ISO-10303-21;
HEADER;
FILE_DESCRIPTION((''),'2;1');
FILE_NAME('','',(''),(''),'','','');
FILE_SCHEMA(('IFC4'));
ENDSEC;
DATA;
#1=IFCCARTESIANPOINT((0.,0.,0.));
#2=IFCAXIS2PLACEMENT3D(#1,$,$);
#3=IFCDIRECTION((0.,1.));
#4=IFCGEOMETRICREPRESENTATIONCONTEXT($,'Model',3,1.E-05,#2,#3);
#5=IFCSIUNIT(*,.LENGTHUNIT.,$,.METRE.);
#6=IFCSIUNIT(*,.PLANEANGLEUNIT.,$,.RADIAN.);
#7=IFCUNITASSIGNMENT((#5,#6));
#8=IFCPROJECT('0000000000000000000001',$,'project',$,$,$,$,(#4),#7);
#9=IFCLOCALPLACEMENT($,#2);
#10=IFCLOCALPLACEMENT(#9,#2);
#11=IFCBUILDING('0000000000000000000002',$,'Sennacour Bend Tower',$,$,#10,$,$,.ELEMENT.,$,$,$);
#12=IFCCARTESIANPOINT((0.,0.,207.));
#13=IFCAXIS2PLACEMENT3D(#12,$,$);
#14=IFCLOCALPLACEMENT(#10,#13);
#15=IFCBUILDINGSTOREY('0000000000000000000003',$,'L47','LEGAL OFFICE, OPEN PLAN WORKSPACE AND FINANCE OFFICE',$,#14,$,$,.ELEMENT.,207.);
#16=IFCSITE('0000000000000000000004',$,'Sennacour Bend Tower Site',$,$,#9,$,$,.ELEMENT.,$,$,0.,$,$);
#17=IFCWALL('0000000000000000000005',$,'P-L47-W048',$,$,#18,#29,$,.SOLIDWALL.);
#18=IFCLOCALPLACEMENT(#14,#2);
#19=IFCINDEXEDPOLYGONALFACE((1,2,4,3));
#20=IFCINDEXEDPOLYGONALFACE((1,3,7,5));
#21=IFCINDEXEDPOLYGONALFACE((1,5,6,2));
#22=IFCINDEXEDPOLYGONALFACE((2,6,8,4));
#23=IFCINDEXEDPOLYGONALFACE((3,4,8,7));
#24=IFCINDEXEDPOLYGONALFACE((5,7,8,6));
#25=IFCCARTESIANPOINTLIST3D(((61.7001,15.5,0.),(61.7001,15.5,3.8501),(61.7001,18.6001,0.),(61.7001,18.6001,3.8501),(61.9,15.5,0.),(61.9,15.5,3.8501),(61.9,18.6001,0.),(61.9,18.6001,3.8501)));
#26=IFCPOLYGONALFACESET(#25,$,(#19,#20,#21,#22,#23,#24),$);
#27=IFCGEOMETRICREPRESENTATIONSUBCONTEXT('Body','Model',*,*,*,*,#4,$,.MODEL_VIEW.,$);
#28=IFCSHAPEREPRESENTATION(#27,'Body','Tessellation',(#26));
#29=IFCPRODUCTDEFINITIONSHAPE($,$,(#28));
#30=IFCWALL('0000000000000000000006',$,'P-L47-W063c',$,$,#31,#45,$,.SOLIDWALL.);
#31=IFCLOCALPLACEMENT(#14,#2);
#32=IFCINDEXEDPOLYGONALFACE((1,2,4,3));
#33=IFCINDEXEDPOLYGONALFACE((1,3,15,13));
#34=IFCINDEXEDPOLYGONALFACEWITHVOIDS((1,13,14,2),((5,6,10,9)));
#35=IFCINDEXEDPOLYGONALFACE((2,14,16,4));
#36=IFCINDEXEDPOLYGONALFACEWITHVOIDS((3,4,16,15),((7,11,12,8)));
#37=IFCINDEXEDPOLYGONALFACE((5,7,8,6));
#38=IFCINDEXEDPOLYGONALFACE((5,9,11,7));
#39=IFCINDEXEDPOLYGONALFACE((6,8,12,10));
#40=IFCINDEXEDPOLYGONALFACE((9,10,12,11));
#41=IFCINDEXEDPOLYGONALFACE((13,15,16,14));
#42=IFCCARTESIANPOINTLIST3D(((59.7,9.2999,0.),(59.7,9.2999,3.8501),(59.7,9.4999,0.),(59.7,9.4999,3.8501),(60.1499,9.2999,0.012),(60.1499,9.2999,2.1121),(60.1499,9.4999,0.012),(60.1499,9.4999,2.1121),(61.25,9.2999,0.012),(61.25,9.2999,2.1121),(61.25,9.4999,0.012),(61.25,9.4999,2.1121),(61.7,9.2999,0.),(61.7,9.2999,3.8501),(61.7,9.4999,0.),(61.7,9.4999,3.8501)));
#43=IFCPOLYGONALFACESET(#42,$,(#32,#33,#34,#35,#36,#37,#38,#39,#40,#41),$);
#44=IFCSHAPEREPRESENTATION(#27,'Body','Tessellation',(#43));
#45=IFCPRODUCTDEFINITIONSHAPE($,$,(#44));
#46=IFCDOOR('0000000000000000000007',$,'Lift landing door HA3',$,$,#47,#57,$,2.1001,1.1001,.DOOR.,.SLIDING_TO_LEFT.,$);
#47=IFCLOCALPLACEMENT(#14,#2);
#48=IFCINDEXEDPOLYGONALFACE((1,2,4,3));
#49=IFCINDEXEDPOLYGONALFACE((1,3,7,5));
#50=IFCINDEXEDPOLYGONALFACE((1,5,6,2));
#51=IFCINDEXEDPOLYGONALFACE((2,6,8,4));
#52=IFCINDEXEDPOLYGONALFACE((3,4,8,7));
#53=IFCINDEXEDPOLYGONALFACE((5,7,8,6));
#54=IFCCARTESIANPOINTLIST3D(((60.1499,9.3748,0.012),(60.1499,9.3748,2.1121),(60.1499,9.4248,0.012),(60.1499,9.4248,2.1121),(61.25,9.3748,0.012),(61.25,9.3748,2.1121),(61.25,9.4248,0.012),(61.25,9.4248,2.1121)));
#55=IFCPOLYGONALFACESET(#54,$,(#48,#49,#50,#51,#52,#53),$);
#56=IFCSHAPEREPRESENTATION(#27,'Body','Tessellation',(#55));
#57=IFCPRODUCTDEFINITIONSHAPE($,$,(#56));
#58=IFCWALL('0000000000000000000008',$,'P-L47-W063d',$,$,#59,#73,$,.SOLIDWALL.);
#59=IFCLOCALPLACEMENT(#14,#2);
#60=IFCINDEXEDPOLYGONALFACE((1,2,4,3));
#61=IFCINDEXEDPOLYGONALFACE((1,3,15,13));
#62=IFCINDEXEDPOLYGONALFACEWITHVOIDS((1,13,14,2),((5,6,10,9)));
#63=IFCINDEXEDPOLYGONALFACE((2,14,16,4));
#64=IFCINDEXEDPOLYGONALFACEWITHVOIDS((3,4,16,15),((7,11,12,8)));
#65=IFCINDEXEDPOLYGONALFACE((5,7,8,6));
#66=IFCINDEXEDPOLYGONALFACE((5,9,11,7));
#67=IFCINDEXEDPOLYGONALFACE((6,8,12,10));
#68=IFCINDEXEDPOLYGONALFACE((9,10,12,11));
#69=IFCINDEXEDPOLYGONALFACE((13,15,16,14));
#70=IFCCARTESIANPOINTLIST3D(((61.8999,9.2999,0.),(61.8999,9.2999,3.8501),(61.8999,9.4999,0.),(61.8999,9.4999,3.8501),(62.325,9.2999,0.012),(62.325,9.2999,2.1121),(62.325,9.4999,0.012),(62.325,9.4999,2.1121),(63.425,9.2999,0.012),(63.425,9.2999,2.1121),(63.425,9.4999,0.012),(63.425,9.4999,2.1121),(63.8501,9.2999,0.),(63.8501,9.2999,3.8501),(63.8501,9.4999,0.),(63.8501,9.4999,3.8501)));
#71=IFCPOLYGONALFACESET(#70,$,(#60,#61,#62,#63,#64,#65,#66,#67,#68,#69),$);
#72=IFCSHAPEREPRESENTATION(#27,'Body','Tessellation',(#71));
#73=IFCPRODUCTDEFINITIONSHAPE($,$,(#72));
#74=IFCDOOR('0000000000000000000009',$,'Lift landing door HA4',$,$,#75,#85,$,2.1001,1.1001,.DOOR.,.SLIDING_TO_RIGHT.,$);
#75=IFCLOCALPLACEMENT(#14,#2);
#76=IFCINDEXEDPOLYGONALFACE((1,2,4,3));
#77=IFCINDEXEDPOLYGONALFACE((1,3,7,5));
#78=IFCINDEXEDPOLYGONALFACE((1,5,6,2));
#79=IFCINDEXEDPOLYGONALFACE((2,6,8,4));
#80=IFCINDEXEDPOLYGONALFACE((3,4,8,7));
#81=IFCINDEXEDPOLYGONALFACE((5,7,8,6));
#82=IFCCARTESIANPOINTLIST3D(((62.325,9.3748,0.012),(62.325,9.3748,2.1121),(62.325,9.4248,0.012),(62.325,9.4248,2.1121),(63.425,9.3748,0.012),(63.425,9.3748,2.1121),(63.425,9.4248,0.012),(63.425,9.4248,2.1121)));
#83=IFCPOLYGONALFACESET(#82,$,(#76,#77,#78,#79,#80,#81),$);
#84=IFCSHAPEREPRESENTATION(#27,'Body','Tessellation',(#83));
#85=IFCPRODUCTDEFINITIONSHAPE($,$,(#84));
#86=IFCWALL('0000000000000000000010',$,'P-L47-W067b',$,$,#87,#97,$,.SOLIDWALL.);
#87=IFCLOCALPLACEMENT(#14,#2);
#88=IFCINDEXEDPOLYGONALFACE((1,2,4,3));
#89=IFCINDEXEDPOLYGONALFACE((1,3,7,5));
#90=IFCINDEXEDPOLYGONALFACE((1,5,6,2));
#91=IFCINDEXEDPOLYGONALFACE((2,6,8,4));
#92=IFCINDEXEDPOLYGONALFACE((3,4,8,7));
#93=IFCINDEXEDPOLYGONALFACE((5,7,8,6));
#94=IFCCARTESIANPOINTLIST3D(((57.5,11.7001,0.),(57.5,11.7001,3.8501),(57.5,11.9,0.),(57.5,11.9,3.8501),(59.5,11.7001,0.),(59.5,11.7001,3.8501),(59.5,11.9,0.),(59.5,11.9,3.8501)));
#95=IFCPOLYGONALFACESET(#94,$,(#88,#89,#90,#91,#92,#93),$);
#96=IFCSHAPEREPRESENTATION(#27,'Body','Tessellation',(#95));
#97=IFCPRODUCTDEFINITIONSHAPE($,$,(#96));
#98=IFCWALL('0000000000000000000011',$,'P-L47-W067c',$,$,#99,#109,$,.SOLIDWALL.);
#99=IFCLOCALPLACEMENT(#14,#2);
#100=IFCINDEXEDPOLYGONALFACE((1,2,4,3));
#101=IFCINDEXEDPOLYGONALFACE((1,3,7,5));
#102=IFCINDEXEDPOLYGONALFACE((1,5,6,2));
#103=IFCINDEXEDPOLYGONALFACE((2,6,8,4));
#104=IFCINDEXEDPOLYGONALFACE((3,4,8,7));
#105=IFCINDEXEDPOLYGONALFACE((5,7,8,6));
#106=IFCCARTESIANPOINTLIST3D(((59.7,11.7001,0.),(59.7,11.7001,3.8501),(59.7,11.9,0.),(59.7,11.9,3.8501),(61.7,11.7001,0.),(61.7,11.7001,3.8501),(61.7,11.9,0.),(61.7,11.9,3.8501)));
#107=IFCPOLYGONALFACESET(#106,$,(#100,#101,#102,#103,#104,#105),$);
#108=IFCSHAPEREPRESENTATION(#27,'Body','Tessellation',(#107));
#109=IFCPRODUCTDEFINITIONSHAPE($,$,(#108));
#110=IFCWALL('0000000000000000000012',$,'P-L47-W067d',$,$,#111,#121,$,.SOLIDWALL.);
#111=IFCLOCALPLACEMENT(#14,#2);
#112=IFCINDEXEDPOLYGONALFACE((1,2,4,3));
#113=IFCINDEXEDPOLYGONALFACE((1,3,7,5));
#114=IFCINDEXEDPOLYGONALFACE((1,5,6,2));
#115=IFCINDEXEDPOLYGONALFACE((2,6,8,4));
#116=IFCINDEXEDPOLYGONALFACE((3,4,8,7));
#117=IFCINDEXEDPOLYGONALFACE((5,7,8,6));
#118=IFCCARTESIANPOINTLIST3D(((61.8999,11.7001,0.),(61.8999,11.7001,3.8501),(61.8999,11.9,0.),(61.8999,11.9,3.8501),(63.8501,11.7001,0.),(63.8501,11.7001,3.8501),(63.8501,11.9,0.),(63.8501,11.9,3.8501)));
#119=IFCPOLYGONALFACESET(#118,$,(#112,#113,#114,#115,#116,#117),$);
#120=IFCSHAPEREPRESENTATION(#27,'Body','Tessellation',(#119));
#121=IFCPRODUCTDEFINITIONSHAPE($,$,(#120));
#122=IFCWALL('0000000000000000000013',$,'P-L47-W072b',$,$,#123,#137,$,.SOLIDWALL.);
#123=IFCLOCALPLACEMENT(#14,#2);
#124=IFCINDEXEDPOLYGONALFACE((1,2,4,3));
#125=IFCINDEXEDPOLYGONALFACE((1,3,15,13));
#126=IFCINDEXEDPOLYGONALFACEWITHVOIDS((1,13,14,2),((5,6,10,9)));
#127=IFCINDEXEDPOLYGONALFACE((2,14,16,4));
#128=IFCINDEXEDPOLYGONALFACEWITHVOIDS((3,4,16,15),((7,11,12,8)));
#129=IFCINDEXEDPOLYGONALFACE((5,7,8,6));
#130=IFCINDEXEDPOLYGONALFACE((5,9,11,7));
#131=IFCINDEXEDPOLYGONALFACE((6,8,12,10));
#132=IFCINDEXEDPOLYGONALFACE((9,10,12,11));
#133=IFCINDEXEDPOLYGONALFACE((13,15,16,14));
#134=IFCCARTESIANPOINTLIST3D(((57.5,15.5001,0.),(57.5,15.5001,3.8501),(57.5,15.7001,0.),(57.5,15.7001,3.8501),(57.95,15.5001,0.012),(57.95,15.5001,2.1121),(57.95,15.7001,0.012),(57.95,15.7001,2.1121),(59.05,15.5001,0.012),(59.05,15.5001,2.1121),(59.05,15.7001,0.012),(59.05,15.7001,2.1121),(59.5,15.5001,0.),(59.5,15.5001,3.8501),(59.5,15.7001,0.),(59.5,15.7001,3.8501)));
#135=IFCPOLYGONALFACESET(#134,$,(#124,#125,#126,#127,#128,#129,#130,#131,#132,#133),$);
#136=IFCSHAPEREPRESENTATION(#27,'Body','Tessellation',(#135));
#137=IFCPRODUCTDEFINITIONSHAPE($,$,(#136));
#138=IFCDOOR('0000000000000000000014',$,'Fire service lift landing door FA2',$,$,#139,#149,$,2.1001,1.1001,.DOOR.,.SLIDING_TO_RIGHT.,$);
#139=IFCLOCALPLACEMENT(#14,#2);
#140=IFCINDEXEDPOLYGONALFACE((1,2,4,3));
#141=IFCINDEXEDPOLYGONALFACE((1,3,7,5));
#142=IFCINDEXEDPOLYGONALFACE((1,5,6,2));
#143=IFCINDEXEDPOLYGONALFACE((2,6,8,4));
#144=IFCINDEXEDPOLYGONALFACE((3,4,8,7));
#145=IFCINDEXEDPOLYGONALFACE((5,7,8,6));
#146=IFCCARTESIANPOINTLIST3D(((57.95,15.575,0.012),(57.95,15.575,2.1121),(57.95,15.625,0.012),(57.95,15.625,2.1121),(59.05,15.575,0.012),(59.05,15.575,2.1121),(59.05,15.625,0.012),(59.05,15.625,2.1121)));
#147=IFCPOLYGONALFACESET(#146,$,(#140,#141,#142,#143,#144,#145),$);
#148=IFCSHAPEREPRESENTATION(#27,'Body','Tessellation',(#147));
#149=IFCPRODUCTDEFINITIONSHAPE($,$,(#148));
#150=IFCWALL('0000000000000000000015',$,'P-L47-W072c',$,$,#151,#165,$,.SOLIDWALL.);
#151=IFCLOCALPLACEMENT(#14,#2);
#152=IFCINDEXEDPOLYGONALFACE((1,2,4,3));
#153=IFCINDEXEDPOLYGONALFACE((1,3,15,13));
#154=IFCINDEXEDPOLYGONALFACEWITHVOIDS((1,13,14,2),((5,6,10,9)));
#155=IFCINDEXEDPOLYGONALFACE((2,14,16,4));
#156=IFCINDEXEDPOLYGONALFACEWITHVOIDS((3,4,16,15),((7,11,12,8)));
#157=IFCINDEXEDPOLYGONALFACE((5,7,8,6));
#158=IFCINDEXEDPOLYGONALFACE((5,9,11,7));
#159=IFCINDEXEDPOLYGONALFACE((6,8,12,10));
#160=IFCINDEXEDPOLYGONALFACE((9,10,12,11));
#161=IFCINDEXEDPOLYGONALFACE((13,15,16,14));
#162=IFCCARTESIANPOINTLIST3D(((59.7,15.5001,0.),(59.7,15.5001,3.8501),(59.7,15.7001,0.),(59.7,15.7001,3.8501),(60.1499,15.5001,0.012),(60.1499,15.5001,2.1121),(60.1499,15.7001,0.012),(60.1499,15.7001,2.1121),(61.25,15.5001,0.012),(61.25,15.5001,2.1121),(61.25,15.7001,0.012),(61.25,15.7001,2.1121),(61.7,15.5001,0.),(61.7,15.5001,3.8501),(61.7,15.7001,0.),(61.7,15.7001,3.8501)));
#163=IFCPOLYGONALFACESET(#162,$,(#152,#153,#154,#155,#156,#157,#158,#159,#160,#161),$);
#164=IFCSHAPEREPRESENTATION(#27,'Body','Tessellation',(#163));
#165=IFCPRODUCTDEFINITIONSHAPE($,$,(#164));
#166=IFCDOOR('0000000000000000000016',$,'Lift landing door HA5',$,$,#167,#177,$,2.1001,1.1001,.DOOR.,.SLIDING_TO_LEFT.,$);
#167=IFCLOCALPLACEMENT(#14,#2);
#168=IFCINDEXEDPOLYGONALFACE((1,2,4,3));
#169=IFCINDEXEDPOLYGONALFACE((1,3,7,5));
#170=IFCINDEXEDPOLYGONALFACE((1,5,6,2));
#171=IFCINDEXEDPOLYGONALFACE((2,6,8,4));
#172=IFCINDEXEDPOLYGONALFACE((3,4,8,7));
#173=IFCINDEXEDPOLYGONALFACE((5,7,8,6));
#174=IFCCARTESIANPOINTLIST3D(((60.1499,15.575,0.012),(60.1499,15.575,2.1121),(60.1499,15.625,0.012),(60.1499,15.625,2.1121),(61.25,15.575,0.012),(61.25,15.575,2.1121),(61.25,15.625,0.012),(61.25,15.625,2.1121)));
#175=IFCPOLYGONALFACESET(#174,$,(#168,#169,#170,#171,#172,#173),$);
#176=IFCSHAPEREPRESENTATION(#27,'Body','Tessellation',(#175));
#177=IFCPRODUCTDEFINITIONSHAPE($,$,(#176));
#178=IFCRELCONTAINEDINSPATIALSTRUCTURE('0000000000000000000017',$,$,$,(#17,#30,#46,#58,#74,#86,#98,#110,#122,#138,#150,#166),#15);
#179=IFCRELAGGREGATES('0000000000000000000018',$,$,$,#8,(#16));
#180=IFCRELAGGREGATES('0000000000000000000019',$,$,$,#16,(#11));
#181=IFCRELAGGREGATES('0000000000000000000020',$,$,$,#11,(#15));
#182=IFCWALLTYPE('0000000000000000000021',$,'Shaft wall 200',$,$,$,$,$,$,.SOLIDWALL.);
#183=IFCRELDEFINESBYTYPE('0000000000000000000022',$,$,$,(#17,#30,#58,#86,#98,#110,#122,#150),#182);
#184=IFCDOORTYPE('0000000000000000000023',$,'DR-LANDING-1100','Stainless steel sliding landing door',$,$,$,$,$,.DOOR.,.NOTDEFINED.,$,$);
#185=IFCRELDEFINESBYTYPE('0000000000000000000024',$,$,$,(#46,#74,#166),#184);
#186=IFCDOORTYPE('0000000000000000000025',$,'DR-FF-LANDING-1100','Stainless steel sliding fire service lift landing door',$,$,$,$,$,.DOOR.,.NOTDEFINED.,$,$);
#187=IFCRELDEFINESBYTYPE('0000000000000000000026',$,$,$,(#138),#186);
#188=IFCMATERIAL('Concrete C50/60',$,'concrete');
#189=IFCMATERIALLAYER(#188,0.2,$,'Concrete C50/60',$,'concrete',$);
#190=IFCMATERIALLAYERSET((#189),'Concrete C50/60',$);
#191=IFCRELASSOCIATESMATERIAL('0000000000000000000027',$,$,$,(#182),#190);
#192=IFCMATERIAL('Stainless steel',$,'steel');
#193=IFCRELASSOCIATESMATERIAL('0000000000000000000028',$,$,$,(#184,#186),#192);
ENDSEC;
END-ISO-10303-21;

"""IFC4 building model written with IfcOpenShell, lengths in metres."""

from ifc_helpers import new_model, si_unit, direction, frame, frame_2d, origin, place, context, subcontext, project, spatial, rectangle, extrude, material, layer, layer_set, type_object, element, fill, save


model = new_model("IFC4")

# Units and contexts
model_context = context("Model", 3, precision=1e-05, world=origin(), true_north=direction((0.0, 1.0)))
body_context = subcontext(model_context, "Body", "Model", "MODEL_VIEW")
ifc_project = project(units=[si_unit("LENGTHUNIT", "METRE"), si_unit("PLANEANGLEUNIT", "RADIAN")], contexts=[model_context])

# Site, building, storey
site_placement = place(None, origin())
site = spatial("IfcSite", under=ifc_project, at=site_placement, Name="Sennacour Bend Tower Site", CompositionType="ELEMENT", RefElevation=0.0)
building_placement = place(site_placement, origin())
building = spatial("IfcBuilding", under=site, at=building_placement, Name="Sennacour Bend Tower", CompositionType="ELEMENT")
storey_placement = place(building_placement, frame((0.0, 0.0, 207.0)))
storey = spatial("IfcBuildingStorey", under=building, at=storey_placement, Name="L47", Description="LEGAL OFFICE, OPEN PLAN WORKSPACE AND FINANCE OFFICE", CompositionType="ELEMENT", Elevation=207.0)

# Wall
ifc_material_1 = material(Name="Concrete C50/60", Category="concrete")
ifc_layer_1 = layer(ifc_material_1, 0.2, Name="Concrete C50/60", Category="concrete")
ifc_layer_set_1 = layer_set([ifc_layer_1], Name="Concrete C50/60")
wall_type_1 = type_object("IfcWallType", Name="Shaft wall 200", PredefinedType="SOLIDWALL", material=ifc_layer_set_1)
wall_1_placement = place(storey_placement, frame((61.8, 15.5, 0.0), z_axis=(0.0, 0.0, 1.0), x_axis=(0.0, 1.0, 0.0)))
element("IfcWall", 1, at=wall_1_placement, inside=storey, type_object=wall_type_1, Name="P-L47-W048", PredefinedType="SOLIDWALL", context=body_context, shape_type="SweptSolid", body=[
    extrude(rectangle(XDim=3.1001, YDim=0.2, at=frame_2d((1.55, 0.0))), origin(), (0.0, 0.0, 1.0), 3.8501),
])

# Walls, openings, doors
wall_2_placement = place(storey_placement, frame((59.7, 9.3999, 0.0), z_axis=(0.0, 0.0, 1.0), x_axis=(1.0, 0.0, 0.0)))
wall_2 = element("IfcWall", 2, at=wall_2_placement, inside=storey, type_object=wall_type_1, Name="P-L47-W063c", PredefinedType="SOLIDWALL", context=body_context, shape_type="SweptSolid", body=[
    extrude(rectangle(XDim=2.0, YDim=0.2, at=frame_2d((1.0, 0.0))), origin(), (0.0, 0.0, 1.0), 3.8501),
])
opening_1_placement = place(wall_2_placement, frame((0.45, 0.0, 0.012)))
opening_1 = element("IfcOpeningElement", 3, at=opening_1_placement, cuts=wall_2, PredefinedType="OPENING", context=body_context, shape_type="SweptSolid", body=[
    extrude(rectangle(XDim=1.1001, YDim=2.1001, at=frame_2d((0.55, 1.05))), frame((0.0, 0.1099, 0.0), z_axis=(0.0, -1.0, 0.0), x_axis=(1.0, 0.0, 0.0)), (0.0, 0.0, 1.0), 0.22),
])
ifc_material_2 = material(Name="Stainless steel", Category="steel")
door_type_1 = type_object("IfcDoorType", Name="DR-LANDING-1100", Description="Stainless steel sliding landing door", OperationType="NOTDEFINED", PredefinedType="DOOR", material=ifc_material_2)
door_1_placement = place(opening_1_placement, origin())
door_1 = element("IfcDoor", 4, at=door_1_placement, inside=storey, type_object=door_type_1, Name="Lift landing door HA3", OperationType="SLIDING_TO_LEFT", OverallHeight=2.1001, OverallWidth=1.1001, PredefinedType="DOOR", context=body_context, shape_type="SweptSolid", body=[
    extrude(rectangle(XDim=1.1001, YDim=2.1001, at=frame_2d((0.55, 1.05))), frame((0.0, 0.0249, 0.0), z_axis=(0.0, -1.0, 0.0), x_axis=(1.0, 0.0, 0.0)), (0.0, 0.0, 1.0), 0.05),
])
fill(opening_1, door_1)
wall_3_placement = place(storey_placement, frame((61.8999, 9.3999, 0.0), z_axis=(0.0, 0.0, 1.0), x_axis=(1.0, 0.0, 0.0)))
wall_3 = element("IfcWall", 5, at=wall_3_placement, inside=storey, type_object=wall_type_1, Name="P-L47-W063d", PredefinedType="SOLIDWALL", context=body_context, shape_type="SweptSolid", body=[
    extrude(rectangle(XDim=1.9502, YDim=0.2, at=frame_2d((0.9751, 0.0))), origin(), (0.0, 0.0, 1.0), 3.8501),
])
opening_2_placement = place(wall_3_placement, frame((0.425, 0.0, 0.012)))
opening_2 = element("IfcOpeningElement", 6, at=opening_2_placement, cuts=wall_3, PredefinedType="OPENING", context=body_context, shape_type="SweptSolid", body=[
    extrude(rectangle(XDim=1.1001, YDim=2.1001, at=frame_2d((0.55, 1.05))), frame((0.0, 0.1099, 0.0), z_axis=(0.0, -1.0, 0.0), x_axis=(1.0, 0.0, 0.0)), (0.0, 0.0, 1.0), 0.22),
])
door_2_placement = place(opening_2_placement, origin())
door_2 = element("IfcDoor", 7, at=door_2_placement, inside=storey, type_object=door_type_1, Name="Lift landing door HA4", OperationType="SLIDING_TO_RIGHT", OverallHeight=2.1001, OverallWidth=1.1001, PredefinedType="DOOR", context=body_context, shape_type="SweptSolid", body=[
    extrude(rectangle(XDim=1.1001, YDim=2.1001, at=frame_2d((0.55, 1.05))), frame((0.0, 0.0249, 0.0), z_axis=(0.0, -1.0, 0.0), x_axis=(1.0, 0.0, 0.0)), (0.0, 0.0, 1.0), 0.05),
])
fill(opening_2, door_2)

# Walls
for number, where, z_axis, x_axis, name in (
    (8, (57.5, 11.8, 0.0), (0.0, 0.0, 1.0), (1.0, 0.0, 0.0), "P-L47-W067b"),
    (9, (59.7, 11.8, 0.0), (0.0, 0.0, 1.0), (1.0, 0.0, 0.0), "P-L47-W067c"),
):
    element("IfcWall", number, at=place(storey_placement, frame(where, z_axis=z_axis, x_axis=x_axis)), inside=storey, type_object=wall_type_1, Name=name, PredefinedType="SOLIDWALL", context=body_context, shape_type="SweptSolid", body=[
        extrude(rectangle(XDim=2.0, YDim=0.2, at=frame_2d((1.0, 0.0))), origin(), (0.0, 0.0, 1.0), 3.8501),
    ])
wall_4_placement = place(storey_placement, frame((61.8999, 11.8, 0.0), z_axis=(0.0, 0.0, 1.0), x_axis=(1.0, 0.0, 0.0)))
element("IfcWall", 10, at=wall_4_placement, inside=storey, type_object=wall_type_1, Name="P-L47-W067d", PredefinedType="SOLIDWALL", context=body_context, shape_type="SweptSolid", body=[
    extrude(rectangle(XDim=1.9502, YDim=0.2, at=frame_2d((0.9751, 0.0))), origin(), (0.0, 0.0, 1.0), 3.8501),
])

# Walls, openings, doors
wall_5_placement = place(storey_placement, frame((57.5, 15.6001, 0.0), z_axis=(0.0, 0.0, 1.0), x_axis=(1.0, 0.0, 0.0)))
wall_5 = element("IfcWall", 11, at=wall_5_placement, inside=storey, type_object=wall_type_1, Name="P-L47-W072b", PredefinedType="SOLIDWALL", context=body_context, shape_type="SweptSolid", body=[
    extrude(rectangle(XDim=2.0, YDim=0.2, at=frame_2d((1.0, 0.0))), origin(), (0.0, 0.0, 1.0), 3.8501),
])
opening_3_placement = place(wall_5_placement, frame((0.45, 0.0, 0.012)))
opening_3 = element("IfcOpeningElement", 12, at=opening_3_placement, cuts=wall_5, PredefinedType="OPENING", context=body_context, shape_type="SweptSolid", body=[
    extrude(rectangle(XDim=1.1001, YDim=2.1001, at=frame_2d((0.55, 1.05))), frame((0.0, 0.1099, 0.0), z_axis=(0.0, -1.0, 0.0), x_axis=(1.0, 0.0, 0.0)), (0.0, 0.0, 1.0), 0.22),
])
door_type_2 = type_object("IfcDoorType", Name="DR-FF-LANDING-1100", Description="Stainless steel sliding fire service lift landing door", OperationType="NOTDEFINED", PredefinedType="DOOR", material=ifc_material_2)
door_3_placement = place(opening_3_placement, origin())
door_3 = element("IfcDoor", 13, at=door_3_placement, inside=storey, type_object=door_type_2, Name="Fire service lift landing door FA2", OperationType="SLIDING_TO_RIGHT", OverallHeight=2.1001, OverallWidth=1.1001, PredefinedType="DOOR", context=body_context, shape_type="SweptSolid", body=[
    extrude(rectangle(XDim=1.1001, YDim=2.1001, at=frame_2d((0.55, 1.05))), frame((0.0, 0.0249, 0.0), z_axis=(0.0, -1.0, 0.0), x_axis=(1.0, 0.0, 0.0)), (0.0, 0.0, 1.0), 0.05),
])
fill(opening_3, door_3)
wall_6_placement = place(storey_placement, frame((59.7, 15.6001, 0.0), z_axis=(0.0, 0.0, 1.0), x_axis=(1.0, 0.0, 0.0)))
wall_6 = element("IfcWall", 14, at=wall_6_placement, inside=storey, type_object=wall_type_1, Name="P-L47-W072c", PredefinedType="SOLIDWALL", context=body_context, shape_type="SweptSolid", body=[
    extrude(rectangle(XDim=2.0, YDim=0.2, at=frame_2d((1.0, 0.0))), origin(), (0.0, 0.0, 1.0), 3.8501),
])
opening_4_placement = place(wall_6_placement, frame((0.45, 0.0, 0.012)))
opening_4 = element("IfcOpeningElement", 15, at=opening_4_placement, cuts=wall_6, PredefinedType="OPENING", context=body_context, shape_type="SweptSolid", body=[
    extrude(rectangle(XDim=1.1001, YDim=2.1001, at=frame_2d((0.55, 1.05))), frame((0.0, 0.1099, 0.0), z_axis=(0.0, -1.0, 0.0), x_axis=(1.0, 0.0, 0.0)), (0.0, 0.0, 1.0), 0.22),
])
door_4_placement = place(opening_4_placement, origin())
door_4 = element("IfcDoor", 16, at=door_4_placement, inside=storey, type_object=door_type_1, Name="Lift landing door HA5", OperationType="SLIDING_TO_LEFT", OverallHeight=2.1001, OverallWidth=1.1001, PredefinedType="DOOR", context=body_context, shape_type="SweptSolid", body=[
    extrude(rectangle(XDim=1.1001, YDim=2.1001, at=frame_2d((0.55, 1.05))), frame((0.0, 0.0249, 0.0), z_axis=(0.0, -1.0, 0.0), x_axis=(1.0, 0.0, 0.0)), (0.0, 0.0, 1.0), 0.05),
])
fill(opening_4, door_4)

save(model, "model.ifc")
